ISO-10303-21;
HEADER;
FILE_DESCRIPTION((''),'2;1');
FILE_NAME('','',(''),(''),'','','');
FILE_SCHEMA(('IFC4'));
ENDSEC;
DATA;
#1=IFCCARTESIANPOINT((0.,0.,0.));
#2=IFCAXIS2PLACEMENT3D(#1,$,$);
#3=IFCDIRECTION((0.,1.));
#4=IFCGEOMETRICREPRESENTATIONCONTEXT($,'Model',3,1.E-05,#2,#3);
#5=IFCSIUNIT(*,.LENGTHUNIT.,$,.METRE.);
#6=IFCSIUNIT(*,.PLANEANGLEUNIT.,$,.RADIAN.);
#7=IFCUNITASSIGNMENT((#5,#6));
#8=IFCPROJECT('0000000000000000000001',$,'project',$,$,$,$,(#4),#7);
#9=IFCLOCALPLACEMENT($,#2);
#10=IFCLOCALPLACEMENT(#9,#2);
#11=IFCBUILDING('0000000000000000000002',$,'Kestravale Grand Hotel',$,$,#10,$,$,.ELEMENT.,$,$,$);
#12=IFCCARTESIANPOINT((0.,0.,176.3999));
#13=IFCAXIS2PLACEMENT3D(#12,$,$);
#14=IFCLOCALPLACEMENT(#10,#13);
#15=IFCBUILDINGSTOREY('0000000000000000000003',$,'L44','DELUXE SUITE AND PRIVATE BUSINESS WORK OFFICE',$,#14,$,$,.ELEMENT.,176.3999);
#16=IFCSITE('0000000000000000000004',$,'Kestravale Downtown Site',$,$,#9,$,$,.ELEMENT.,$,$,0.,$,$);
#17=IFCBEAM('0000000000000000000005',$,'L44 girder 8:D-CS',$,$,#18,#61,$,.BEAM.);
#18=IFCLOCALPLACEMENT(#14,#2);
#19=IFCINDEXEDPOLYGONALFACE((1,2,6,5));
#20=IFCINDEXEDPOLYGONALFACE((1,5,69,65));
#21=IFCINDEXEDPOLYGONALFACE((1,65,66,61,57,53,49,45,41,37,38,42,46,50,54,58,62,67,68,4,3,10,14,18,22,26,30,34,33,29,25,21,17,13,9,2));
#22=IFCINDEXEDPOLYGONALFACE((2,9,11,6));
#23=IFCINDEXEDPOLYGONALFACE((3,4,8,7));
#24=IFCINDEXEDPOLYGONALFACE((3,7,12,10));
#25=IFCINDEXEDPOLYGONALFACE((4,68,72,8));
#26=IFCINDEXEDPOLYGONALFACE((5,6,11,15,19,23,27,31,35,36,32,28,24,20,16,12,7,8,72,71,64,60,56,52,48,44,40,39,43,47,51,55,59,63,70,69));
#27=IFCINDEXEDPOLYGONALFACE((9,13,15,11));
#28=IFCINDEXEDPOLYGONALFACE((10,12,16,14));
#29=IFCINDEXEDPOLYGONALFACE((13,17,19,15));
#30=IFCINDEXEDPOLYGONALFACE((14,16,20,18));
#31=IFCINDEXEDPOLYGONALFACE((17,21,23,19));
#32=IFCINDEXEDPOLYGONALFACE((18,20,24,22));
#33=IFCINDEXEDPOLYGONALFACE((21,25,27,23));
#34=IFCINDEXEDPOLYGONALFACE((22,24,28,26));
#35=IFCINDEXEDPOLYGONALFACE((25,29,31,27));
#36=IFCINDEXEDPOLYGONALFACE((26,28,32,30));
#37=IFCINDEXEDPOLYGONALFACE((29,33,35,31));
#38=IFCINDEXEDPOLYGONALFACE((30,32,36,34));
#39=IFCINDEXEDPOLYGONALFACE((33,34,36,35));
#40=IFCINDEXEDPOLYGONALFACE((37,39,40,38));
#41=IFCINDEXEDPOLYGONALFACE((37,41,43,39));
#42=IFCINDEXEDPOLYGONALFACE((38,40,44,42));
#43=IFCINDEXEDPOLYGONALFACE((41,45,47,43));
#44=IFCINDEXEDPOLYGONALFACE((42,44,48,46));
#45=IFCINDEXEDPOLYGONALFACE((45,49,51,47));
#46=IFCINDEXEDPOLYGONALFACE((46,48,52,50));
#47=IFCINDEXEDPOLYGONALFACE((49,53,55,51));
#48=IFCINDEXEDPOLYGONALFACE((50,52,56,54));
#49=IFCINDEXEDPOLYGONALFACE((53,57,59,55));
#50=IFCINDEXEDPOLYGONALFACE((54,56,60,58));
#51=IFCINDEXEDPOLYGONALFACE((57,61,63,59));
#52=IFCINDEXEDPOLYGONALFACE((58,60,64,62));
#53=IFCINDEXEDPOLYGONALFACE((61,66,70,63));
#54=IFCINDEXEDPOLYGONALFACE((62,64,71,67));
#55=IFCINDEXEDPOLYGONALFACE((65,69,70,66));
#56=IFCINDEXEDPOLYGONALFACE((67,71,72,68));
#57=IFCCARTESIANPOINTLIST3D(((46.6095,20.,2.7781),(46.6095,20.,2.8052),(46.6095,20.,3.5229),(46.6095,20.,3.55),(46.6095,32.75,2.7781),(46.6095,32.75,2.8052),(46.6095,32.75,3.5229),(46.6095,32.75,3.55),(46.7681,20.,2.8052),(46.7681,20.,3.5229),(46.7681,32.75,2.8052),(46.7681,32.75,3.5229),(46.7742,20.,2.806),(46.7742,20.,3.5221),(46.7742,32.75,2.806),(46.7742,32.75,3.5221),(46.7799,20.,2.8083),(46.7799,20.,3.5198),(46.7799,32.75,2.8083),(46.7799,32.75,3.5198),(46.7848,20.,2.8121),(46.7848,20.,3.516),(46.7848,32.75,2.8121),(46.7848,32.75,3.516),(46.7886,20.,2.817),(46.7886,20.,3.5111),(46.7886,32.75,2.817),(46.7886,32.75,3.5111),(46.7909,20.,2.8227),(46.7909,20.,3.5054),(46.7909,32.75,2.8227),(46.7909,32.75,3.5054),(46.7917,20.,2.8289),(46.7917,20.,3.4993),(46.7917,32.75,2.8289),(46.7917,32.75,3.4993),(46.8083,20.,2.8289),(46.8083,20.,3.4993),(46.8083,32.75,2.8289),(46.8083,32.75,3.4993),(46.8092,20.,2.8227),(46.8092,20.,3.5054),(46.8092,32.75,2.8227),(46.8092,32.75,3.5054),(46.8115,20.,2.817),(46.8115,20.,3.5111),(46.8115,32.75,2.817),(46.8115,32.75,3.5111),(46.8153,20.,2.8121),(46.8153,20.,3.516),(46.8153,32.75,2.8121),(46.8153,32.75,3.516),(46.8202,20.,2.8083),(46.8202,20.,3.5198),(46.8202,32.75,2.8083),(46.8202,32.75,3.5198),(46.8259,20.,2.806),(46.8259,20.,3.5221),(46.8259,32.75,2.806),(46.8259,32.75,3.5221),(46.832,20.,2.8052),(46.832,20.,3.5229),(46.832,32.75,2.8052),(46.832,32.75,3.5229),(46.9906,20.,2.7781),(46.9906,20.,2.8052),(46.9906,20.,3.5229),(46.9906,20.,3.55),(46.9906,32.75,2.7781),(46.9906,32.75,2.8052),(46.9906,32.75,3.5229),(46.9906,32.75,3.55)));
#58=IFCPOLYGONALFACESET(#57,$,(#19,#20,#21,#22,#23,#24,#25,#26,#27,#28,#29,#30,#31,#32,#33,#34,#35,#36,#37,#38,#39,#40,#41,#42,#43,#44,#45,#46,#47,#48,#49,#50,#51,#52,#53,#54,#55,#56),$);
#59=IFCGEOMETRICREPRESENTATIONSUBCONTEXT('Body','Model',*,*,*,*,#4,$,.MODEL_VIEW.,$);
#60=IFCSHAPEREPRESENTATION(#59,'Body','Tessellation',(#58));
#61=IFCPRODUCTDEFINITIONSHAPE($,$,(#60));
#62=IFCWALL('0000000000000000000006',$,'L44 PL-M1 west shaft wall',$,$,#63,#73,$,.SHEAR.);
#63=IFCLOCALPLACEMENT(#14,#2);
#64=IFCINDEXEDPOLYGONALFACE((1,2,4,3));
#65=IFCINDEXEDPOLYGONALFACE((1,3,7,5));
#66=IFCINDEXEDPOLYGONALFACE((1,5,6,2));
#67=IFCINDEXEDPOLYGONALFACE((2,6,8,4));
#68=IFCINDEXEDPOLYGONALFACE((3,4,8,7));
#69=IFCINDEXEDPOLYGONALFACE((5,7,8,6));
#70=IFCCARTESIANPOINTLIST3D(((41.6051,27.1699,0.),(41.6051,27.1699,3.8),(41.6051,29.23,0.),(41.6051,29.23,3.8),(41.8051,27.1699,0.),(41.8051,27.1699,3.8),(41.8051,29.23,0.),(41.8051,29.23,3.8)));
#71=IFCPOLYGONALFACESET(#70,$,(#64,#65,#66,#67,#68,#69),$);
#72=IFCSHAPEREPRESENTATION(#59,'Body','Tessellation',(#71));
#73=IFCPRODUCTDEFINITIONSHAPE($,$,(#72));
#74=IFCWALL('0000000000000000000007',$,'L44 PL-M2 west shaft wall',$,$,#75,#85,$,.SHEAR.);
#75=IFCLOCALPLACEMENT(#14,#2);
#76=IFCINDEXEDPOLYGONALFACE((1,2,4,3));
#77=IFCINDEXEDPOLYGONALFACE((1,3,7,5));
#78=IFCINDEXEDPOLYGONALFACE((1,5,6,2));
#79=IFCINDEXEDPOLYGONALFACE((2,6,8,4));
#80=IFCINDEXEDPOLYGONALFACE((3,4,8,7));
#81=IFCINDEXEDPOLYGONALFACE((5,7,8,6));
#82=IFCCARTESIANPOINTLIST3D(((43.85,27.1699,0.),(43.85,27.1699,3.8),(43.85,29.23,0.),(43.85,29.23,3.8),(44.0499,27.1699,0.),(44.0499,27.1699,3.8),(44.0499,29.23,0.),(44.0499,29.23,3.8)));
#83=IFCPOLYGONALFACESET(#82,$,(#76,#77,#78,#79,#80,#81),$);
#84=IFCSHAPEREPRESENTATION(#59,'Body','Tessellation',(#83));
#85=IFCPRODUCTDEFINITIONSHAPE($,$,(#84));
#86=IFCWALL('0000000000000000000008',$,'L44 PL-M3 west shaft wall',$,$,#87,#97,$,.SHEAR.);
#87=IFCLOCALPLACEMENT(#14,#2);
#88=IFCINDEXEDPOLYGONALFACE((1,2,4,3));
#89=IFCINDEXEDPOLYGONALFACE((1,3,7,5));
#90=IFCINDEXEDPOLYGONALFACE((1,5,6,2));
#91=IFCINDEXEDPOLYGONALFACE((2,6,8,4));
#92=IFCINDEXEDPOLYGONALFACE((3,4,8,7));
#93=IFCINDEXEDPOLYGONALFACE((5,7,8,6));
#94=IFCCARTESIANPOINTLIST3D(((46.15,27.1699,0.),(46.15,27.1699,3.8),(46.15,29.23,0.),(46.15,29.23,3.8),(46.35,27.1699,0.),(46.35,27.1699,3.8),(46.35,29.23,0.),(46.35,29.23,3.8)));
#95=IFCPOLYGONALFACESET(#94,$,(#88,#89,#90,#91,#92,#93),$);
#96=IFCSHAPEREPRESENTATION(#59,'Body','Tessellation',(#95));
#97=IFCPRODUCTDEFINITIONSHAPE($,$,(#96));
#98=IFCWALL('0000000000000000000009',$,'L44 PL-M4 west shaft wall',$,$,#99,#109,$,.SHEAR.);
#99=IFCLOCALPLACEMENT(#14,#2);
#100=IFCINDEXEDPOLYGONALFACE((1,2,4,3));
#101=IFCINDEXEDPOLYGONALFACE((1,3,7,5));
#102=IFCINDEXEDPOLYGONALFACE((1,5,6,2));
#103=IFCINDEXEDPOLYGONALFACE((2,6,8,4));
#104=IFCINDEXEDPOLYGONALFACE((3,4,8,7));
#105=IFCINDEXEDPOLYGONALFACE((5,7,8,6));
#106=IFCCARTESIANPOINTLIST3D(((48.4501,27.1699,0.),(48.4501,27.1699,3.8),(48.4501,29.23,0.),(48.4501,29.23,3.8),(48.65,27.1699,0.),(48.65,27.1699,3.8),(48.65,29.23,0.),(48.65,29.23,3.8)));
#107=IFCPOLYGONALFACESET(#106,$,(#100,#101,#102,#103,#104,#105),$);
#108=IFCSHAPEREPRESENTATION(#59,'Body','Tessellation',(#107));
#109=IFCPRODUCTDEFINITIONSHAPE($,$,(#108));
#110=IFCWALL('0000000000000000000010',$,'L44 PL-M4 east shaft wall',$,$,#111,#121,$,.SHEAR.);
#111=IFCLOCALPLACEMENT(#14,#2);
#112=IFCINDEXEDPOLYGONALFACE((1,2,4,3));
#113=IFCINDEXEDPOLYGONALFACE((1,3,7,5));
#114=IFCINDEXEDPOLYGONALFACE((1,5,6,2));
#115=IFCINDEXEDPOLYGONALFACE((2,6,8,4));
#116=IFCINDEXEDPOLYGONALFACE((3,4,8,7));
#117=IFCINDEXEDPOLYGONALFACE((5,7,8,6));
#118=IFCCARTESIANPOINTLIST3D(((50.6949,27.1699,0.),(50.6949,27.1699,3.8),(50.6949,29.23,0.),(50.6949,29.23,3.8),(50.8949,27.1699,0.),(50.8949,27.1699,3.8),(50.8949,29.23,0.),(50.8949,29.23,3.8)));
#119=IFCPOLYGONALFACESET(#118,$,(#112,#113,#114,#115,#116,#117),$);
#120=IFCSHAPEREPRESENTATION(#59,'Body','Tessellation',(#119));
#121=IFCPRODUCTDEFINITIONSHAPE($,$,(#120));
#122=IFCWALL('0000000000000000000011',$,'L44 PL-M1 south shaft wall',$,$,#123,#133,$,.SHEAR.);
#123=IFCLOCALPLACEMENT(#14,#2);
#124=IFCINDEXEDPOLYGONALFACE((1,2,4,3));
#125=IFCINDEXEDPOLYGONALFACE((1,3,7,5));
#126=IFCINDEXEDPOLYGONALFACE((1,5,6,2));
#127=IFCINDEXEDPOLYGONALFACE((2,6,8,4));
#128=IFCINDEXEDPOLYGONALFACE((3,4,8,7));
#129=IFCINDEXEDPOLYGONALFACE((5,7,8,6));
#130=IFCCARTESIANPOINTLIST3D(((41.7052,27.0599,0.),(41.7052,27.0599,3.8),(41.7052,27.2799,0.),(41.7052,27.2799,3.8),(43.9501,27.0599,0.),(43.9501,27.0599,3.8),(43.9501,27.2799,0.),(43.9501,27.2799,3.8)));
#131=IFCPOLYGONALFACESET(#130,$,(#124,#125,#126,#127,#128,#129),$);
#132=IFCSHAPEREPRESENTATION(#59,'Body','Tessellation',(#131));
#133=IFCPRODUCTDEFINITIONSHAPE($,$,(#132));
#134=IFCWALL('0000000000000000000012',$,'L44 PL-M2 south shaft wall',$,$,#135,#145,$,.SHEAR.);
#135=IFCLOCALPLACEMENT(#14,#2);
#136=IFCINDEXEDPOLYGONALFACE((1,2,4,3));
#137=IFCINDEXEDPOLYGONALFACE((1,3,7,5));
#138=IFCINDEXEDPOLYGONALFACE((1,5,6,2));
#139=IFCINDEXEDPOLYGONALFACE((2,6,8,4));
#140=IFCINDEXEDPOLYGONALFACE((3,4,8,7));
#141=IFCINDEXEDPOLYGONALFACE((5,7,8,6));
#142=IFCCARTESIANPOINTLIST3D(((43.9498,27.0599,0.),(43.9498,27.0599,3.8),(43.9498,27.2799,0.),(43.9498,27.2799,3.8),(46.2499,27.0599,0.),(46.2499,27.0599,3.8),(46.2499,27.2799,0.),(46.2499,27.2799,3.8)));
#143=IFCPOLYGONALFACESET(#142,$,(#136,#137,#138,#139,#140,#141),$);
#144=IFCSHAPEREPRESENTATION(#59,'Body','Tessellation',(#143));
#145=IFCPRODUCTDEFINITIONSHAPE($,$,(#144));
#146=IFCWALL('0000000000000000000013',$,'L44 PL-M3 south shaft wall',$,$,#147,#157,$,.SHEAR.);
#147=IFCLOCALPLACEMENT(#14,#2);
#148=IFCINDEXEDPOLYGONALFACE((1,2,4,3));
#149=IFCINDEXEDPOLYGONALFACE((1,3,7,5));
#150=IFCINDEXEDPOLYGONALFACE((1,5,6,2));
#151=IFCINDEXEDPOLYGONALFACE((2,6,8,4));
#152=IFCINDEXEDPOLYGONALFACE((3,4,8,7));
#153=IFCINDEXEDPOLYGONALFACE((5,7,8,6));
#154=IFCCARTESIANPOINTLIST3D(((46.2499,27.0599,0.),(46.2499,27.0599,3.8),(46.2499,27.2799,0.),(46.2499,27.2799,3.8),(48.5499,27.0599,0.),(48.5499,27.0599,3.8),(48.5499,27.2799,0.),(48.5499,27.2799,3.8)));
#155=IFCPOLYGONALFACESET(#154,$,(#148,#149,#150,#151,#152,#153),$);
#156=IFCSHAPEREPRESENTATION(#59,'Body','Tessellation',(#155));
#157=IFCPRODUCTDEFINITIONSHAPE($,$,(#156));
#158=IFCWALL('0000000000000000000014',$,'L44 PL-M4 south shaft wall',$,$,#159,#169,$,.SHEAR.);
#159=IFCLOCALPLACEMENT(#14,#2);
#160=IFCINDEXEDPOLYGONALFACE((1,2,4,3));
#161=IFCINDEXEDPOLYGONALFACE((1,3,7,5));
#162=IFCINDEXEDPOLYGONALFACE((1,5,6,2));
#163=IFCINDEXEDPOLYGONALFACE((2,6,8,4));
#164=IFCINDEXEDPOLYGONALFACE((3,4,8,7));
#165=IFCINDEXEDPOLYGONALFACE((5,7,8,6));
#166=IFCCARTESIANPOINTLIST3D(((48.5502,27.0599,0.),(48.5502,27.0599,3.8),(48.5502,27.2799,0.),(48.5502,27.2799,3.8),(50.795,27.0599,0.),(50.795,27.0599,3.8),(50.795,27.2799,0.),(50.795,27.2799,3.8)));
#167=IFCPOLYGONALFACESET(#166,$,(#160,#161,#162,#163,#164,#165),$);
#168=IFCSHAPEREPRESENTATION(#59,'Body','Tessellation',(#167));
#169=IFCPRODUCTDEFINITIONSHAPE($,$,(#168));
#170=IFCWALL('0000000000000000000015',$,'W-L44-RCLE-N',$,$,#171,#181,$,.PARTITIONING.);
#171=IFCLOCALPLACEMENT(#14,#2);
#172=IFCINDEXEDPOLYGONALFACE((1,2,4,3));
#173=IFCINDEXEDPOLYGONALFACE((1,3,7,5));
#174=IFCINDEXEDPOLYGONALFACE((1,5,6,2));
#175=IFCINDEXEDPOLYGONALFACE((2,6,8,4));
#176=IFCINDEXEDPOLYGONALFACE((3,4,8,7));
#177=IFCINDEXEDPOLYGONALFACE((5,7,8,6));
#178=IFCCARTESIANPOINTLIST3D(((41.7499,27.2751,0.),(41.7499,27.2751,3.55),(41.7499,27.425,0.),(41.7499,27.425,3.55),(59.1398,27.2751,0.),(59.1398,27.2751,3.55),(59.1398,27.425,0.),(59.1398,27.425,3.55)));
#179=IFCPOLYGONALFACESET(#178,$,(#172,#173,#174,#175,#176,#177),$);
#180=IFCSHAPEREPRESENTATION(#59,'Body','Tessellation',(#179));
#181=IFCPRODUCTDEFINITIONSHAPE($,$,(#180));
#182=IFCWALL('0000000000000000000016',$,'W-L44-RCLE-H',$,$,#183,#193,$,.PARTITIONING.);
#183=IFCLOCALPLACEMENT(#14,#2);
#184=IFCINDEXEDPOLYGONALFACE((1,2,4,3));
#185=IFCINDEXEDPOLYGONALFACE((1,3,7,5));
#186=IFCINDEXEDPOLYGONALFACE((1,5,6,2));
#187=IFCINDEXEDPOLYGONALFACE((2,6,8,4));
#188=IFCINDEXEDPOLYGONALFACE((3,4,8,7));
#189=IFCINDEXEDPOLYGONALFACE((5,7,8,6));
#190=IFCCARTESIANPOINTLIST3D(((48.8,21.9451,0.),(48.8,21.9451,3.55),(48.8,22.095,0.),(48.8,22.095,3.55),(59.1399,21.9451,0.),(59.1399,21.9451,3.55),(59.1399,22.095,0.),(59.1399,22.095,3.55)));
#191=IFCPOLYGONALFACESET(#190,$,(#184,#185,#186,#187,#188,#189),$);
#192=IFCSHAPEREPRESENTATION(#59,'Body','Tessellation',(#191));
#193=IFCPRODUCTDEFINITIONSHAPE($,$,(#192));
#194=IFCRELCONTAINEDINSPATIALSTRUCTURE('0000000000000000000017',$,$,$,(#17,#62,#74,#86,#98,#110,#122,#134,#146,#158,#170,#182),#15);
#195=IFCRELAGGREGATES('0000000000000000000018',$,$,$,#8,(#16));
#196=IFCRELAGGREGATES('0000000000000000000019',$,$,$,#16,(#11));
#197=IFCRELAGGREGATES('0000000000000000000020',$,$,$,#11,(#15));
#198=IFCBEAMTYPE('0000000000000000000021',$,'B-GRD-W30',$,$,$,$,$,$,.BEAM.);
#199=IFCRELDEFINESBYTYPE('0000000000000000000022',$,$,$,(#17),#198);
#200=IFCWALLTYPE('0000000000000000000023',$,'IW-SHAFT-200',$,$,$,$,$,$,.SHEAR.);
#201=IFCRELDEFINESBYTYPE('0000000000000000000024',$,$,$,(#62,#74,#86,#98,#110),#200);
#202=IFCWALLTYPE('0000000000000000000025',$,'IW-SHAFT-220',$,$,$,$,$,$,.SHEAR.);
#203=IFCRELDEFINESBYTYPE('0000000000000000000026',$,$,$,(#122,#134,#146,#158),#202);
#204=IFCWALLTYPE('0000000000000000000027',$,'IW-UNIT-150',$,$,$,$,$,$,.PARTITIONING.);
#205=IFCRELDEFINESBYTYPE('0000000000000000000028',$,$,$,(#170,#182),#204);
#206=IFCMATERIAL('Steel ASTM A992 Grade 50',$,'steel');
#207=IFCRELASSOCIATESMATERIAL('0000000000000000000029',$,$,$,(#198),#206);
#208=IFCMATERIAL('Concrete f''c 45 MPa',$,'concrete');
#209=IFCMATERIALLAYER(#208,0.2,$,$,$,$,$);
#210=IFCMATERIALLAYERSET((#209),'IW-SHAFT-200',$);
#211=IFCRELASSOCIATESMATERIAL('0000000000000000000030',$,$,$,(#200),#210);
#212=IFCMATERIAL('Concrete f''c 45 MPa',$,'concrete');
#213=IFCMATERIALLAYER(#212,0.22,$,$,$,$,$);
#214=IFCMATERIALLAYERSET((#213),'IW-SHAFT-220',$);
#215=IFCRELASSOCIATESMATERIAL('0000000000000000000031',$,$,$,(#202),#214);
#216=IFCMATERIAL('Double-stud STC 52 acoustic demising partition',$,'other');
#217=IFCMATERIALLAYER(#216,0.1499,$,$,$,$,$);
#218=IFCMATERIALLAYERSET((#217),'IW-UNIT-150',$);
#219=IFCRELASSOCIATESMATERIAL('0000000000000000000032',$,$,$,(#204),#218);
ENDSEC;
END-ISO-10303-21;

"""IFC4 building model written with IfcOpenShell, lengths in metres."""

from ifc_helpers import new_model, si_unit, direction, frame, frame_2d, origin, origin_2d, place, context, subcontext, project, spatial, rectangle, i_section, extrude, material, layer, layer_set, material_profile, profile_set, type_object, element, save


model = new_model("IFC4")

# Units and contexts
model_context = context("Model", 3, precision=1e-05, world=origin(), true_north=direction((0.0, 1.0)))
body_context = subcontext(model_context, "Body", "Model", "MODEL_VIEW")
ifc_project = project(units=[si_unit("LENGTHUNIT", "METRE"), si_unit("PLANEANGLEUNIT", "RADIAN")], contexts=[model_context])

# Site, building, storey
site_placement = place(None, origin())
site = spatial("IfcSite", under=ifc_project, at=site_placement, Name="Kestravale Downtown Site", CompositionType="ELEMENT", RefElevation=0.0)
building_placement = place(site_placement, origin())
building = spatial("IfcBuilding", under=site, at=building_placement, Name="Kestravale Grand Hotel", CompositionType="ELEMENT")
storey_placement = place(building_placement, frame((0.0, 0.0, 176.3999)))
storey = spatial("IfcBuildingStorey", under=building, at=storey_placement, Name="L44", Description="DELUXE SUITE AND PRIVATE BUSINESS WORK OFFICE", CompositionType="ELEMENT", Elevation=176.3999)

# Beam
ifc_material_1 = material(Name="Steel ASTM A992 Grade 50", Category="steel")
ifc_material_profile_1 = material_profile(ifc_material_1, i_section(OverallWidth=0.3811, OverallDepth=0.772, WebThickness=0.0166, FlangeThickness=0.0271, FilletRadius=0.0237, at=origin_2d()))
ifc_profile_set_1 = profile_set([ifc_material_profile_1], Name="Steel ASTM A992 Grade 50")
beam_type = type_object("IfcBeamType", Name="B-GRD-W30", PredefinedType="BEAM", material=ifc_profile_set_1)
beam_1_placement = place(storey_placement, frame((46.8, 20.0, 3.1641), z_axis=(0.0, 1.0, 0.0), x_axis=(-1.0, 0.0, 0.0)))
element("IfcBeam", 1, at=beam_1_placement, inside=storey, type_object=beam_type, Name="L44 girder 8:D-CS", PredefinedType="BEAM", context=body_context, shape_type="SweptSolid", body=[
    extrude(i_section(OverallWidth=0.3811, OverallDepth=0.772, WebThickness=0.0166, FlangeThickness=0.0271, FilletRadius=0.0237, at=origin_2d()), origin(), (0.0, 0.0, 1.0), 12.75),
])

# Walls
ifc_material_2 = material(Name="Concrete f'c 45 MPa", Category="concrete")
ifc_layer_1 = layer(ifc_material_2, 0.2)
ifc_layer_set_1 = layer_set([ifc_layer_1], Name="IW-SHAFT-200")
wall_type_1 = type_object("IfcWallType", Name="IW-SHAFT-200", PredefinedType="SHEAR", material=ifc_layer_set_1)
for number, where, z_axis, x_axis, name in (
    (2, (41.7051, 27.1699, 0.0), (0.0, 0.0, 1.0), (0.0, 1.0, 0.0), "L44 PL-M1 west shaft wall"),
    (3, (43.95, 27.1699, 0.0), (0.0, 0.0, 1.0), (0.0, 1.0, 0.0), "L44 PL-M2 west shaft wall"),
    (4, (46.25, 27.1699, 0.0), (0.0, 0.0, 1.0), (0.0, 1.0, 0.0), "L44 PL-M3 west shaft wall"),
    (5, (48.55, 27.1699, 0.0), (0.0, 0.0, 1.0), (0.0, 1.0, 0.0), "L44 PL-M4 west shaft wall"),
    (6, (50.7949, 27.1699, 0.0), (0.0, 0.0, 1.0), (0.0, 1.0, 0.0), "L44 PL-M4 east shaft wall"),
):
    element("IfcWall", number, at=place(storey_placement, frame(where, z_axis=z_axis, x_axis=x_axis)), inside=storey, type_object=wall_type_1, Name=name, PredefinedType="SHEAR", context=body_context, shape_type="SweptSolid", body=[
        extrude(rectangle(XDim=2.0601, YDim=0.2, at=frame_2d((1.03, 0.0))), origin(), (0.0, 0.0, 1.0), 3.8),
    ])

# Shared definitions
ifc_material_3 = material(Name="Concrete f'c 45 MPa", Category="concrete")
ifc_layer_2 = layer(ifc_material_3, 0.22)
ifc_layer_set_2 = layer_set([ifc_layer_2], Name="IW-SHAFT-220")
wall_type_2 = type_object("IfcWallType", Name="IW-SHAFT-220", PredefinedType="SHEAR", material=ifc_layer_set_2)

# Wall
wall_1_placement = place(storey_placement, frame((41.7051, 27.1699, 0.0), z_axis=(0.0, 0.0, 1.0), x_axis=(1.0, 0.0, 0.0)))
element("IfcWall", 7, at=wall_1_placement, inside=storey, type_object=wall_type_2, Name="L44 PL-M1 south shaft wall", PredefinedType="SHEAR", context=body_context, shape_type="SweptSolid", body=[
    extrude(rectangle(XDim=2.2449, YDim=0.22, at=frame_2d((1.1226, 0.0))), origin(), (0.0, 0.0, 1.0), 3.8),
])

# Wall
wall_2_placement = place(storey_placement, frame((43.95, 27.1699, 0.0), z_axis=(0.0, 0.0, 1.0), x_axis=(1.0, 0.0, 0.0)))
element("IfcWall", 8, at=wall_2_placement, inside=storey, type_object=wall_type_2, Name="L44 PL-M2 south shaft wall", PredefinedType="SHEAR", context=body_context, shape_type="SweptSolid", body=[
    extrude(rectangle(XDim=2.3, YDim=0.22, at=frame_2d((1.1499, 0.0))), origin(), (0.0, 0.0, 1.0), 3.8),
])

# Walls
wall_3_placement = place(storey_placement, frame((46.25, 27.1699, 0.0), z_axis=(0.0, 0.0, 1.0), x_axis=(1.0, 0.0, 0.0)))
element("IfcWall", 9, at=wall_3_placement, inside=storey, type_object=wall_type_2, Name="L44 PL-M3 south shaft wall", PredefinedType="SHEAR", context=body_context, shape_type="SweptSolid", body=[
    extrude(rectangle(XDim=2.3, YDim=0.22, at=frame_2d((1.1499, 0.0))), origin(), (0.0, 0.0, 1.0), 3.8),
])
wall_4_placement = place(storey_placement, frame((48.55, 27.1699, 0.0), z_axis=(0.0, 0.0, 1.0), x_axis=(1.0, 0.0, 0.0)))
element("IfcWall", 10, at=wall_4_placement, inside=storey, type_object=wall_type_2, Name="L44 PL-M4 south shaft wall", PredefinedType="SHEAR", context=body_context, shape_type="SweptSolid", body=[
    extrude(rectangle(XDim=2.2449, YDim=0.22, at=frame_2d((1.1226, 0.0))), origin(), (0.0, 0.0, 1.0), 3.8),
])
ifc_material_4 = material(Name="Double-stud STC 52 acoustic demising partition", Category="other")
ifc_layer_3 = layer(ifc_material_4, 0.1499)
ifc_layer_set_3 = layer_set([ifc_layer_3], Name="IW-UNIT-150")
wall_type_3 = type_object("IfcWallType", Name="IW-UNIT-150", PredefinedType="PARTITIONING", material=ifc_layer_set_3)
wall_5_placement = place(storey_placement, frame((41.75, 27.3501, 0.0), z_axis=(0.0, 0.0, 1.0), x_axis=(1.0, 0.0, 0.0)))
element("IfcWall", 11, at=wall_5_placement, inside=storey, type_object=wall_type_3, Name="W-L44-RCLE-N", PredefinedType="PARTITIONING", context=body_context, shape_type="SweptSolid", body=[
    extrude(rectangle(XDim=17.3899, YDim=0.1499, at=frame_2d((8.6948, 0.0))), origin(), (0.0, 0.0, 1.0), 3.55),
])
wall_6_placement = place(storey_placement, frame((48.8, 22.02, 0.0), z_axis=(0.0, 0.0, 1.0), x_axis=(1.0, 0.0, 0.0)))
element("IfcWall", 12, at=wall_6_placement, inside=storey, type_object=wall_type_3, Name="W-L44-RCLE-H", PredefinedType="PARTITIONING", context=body_context, shape_type="SweptSolid", body=[
    extrude(rectangle(XDim=10.3398, YDim=0.1499, at=frame_2d((5.1699, 0.0))), origin(), (0.0, 0.0, 1.0), 3.55),
])

save(model, "model.ifc")
